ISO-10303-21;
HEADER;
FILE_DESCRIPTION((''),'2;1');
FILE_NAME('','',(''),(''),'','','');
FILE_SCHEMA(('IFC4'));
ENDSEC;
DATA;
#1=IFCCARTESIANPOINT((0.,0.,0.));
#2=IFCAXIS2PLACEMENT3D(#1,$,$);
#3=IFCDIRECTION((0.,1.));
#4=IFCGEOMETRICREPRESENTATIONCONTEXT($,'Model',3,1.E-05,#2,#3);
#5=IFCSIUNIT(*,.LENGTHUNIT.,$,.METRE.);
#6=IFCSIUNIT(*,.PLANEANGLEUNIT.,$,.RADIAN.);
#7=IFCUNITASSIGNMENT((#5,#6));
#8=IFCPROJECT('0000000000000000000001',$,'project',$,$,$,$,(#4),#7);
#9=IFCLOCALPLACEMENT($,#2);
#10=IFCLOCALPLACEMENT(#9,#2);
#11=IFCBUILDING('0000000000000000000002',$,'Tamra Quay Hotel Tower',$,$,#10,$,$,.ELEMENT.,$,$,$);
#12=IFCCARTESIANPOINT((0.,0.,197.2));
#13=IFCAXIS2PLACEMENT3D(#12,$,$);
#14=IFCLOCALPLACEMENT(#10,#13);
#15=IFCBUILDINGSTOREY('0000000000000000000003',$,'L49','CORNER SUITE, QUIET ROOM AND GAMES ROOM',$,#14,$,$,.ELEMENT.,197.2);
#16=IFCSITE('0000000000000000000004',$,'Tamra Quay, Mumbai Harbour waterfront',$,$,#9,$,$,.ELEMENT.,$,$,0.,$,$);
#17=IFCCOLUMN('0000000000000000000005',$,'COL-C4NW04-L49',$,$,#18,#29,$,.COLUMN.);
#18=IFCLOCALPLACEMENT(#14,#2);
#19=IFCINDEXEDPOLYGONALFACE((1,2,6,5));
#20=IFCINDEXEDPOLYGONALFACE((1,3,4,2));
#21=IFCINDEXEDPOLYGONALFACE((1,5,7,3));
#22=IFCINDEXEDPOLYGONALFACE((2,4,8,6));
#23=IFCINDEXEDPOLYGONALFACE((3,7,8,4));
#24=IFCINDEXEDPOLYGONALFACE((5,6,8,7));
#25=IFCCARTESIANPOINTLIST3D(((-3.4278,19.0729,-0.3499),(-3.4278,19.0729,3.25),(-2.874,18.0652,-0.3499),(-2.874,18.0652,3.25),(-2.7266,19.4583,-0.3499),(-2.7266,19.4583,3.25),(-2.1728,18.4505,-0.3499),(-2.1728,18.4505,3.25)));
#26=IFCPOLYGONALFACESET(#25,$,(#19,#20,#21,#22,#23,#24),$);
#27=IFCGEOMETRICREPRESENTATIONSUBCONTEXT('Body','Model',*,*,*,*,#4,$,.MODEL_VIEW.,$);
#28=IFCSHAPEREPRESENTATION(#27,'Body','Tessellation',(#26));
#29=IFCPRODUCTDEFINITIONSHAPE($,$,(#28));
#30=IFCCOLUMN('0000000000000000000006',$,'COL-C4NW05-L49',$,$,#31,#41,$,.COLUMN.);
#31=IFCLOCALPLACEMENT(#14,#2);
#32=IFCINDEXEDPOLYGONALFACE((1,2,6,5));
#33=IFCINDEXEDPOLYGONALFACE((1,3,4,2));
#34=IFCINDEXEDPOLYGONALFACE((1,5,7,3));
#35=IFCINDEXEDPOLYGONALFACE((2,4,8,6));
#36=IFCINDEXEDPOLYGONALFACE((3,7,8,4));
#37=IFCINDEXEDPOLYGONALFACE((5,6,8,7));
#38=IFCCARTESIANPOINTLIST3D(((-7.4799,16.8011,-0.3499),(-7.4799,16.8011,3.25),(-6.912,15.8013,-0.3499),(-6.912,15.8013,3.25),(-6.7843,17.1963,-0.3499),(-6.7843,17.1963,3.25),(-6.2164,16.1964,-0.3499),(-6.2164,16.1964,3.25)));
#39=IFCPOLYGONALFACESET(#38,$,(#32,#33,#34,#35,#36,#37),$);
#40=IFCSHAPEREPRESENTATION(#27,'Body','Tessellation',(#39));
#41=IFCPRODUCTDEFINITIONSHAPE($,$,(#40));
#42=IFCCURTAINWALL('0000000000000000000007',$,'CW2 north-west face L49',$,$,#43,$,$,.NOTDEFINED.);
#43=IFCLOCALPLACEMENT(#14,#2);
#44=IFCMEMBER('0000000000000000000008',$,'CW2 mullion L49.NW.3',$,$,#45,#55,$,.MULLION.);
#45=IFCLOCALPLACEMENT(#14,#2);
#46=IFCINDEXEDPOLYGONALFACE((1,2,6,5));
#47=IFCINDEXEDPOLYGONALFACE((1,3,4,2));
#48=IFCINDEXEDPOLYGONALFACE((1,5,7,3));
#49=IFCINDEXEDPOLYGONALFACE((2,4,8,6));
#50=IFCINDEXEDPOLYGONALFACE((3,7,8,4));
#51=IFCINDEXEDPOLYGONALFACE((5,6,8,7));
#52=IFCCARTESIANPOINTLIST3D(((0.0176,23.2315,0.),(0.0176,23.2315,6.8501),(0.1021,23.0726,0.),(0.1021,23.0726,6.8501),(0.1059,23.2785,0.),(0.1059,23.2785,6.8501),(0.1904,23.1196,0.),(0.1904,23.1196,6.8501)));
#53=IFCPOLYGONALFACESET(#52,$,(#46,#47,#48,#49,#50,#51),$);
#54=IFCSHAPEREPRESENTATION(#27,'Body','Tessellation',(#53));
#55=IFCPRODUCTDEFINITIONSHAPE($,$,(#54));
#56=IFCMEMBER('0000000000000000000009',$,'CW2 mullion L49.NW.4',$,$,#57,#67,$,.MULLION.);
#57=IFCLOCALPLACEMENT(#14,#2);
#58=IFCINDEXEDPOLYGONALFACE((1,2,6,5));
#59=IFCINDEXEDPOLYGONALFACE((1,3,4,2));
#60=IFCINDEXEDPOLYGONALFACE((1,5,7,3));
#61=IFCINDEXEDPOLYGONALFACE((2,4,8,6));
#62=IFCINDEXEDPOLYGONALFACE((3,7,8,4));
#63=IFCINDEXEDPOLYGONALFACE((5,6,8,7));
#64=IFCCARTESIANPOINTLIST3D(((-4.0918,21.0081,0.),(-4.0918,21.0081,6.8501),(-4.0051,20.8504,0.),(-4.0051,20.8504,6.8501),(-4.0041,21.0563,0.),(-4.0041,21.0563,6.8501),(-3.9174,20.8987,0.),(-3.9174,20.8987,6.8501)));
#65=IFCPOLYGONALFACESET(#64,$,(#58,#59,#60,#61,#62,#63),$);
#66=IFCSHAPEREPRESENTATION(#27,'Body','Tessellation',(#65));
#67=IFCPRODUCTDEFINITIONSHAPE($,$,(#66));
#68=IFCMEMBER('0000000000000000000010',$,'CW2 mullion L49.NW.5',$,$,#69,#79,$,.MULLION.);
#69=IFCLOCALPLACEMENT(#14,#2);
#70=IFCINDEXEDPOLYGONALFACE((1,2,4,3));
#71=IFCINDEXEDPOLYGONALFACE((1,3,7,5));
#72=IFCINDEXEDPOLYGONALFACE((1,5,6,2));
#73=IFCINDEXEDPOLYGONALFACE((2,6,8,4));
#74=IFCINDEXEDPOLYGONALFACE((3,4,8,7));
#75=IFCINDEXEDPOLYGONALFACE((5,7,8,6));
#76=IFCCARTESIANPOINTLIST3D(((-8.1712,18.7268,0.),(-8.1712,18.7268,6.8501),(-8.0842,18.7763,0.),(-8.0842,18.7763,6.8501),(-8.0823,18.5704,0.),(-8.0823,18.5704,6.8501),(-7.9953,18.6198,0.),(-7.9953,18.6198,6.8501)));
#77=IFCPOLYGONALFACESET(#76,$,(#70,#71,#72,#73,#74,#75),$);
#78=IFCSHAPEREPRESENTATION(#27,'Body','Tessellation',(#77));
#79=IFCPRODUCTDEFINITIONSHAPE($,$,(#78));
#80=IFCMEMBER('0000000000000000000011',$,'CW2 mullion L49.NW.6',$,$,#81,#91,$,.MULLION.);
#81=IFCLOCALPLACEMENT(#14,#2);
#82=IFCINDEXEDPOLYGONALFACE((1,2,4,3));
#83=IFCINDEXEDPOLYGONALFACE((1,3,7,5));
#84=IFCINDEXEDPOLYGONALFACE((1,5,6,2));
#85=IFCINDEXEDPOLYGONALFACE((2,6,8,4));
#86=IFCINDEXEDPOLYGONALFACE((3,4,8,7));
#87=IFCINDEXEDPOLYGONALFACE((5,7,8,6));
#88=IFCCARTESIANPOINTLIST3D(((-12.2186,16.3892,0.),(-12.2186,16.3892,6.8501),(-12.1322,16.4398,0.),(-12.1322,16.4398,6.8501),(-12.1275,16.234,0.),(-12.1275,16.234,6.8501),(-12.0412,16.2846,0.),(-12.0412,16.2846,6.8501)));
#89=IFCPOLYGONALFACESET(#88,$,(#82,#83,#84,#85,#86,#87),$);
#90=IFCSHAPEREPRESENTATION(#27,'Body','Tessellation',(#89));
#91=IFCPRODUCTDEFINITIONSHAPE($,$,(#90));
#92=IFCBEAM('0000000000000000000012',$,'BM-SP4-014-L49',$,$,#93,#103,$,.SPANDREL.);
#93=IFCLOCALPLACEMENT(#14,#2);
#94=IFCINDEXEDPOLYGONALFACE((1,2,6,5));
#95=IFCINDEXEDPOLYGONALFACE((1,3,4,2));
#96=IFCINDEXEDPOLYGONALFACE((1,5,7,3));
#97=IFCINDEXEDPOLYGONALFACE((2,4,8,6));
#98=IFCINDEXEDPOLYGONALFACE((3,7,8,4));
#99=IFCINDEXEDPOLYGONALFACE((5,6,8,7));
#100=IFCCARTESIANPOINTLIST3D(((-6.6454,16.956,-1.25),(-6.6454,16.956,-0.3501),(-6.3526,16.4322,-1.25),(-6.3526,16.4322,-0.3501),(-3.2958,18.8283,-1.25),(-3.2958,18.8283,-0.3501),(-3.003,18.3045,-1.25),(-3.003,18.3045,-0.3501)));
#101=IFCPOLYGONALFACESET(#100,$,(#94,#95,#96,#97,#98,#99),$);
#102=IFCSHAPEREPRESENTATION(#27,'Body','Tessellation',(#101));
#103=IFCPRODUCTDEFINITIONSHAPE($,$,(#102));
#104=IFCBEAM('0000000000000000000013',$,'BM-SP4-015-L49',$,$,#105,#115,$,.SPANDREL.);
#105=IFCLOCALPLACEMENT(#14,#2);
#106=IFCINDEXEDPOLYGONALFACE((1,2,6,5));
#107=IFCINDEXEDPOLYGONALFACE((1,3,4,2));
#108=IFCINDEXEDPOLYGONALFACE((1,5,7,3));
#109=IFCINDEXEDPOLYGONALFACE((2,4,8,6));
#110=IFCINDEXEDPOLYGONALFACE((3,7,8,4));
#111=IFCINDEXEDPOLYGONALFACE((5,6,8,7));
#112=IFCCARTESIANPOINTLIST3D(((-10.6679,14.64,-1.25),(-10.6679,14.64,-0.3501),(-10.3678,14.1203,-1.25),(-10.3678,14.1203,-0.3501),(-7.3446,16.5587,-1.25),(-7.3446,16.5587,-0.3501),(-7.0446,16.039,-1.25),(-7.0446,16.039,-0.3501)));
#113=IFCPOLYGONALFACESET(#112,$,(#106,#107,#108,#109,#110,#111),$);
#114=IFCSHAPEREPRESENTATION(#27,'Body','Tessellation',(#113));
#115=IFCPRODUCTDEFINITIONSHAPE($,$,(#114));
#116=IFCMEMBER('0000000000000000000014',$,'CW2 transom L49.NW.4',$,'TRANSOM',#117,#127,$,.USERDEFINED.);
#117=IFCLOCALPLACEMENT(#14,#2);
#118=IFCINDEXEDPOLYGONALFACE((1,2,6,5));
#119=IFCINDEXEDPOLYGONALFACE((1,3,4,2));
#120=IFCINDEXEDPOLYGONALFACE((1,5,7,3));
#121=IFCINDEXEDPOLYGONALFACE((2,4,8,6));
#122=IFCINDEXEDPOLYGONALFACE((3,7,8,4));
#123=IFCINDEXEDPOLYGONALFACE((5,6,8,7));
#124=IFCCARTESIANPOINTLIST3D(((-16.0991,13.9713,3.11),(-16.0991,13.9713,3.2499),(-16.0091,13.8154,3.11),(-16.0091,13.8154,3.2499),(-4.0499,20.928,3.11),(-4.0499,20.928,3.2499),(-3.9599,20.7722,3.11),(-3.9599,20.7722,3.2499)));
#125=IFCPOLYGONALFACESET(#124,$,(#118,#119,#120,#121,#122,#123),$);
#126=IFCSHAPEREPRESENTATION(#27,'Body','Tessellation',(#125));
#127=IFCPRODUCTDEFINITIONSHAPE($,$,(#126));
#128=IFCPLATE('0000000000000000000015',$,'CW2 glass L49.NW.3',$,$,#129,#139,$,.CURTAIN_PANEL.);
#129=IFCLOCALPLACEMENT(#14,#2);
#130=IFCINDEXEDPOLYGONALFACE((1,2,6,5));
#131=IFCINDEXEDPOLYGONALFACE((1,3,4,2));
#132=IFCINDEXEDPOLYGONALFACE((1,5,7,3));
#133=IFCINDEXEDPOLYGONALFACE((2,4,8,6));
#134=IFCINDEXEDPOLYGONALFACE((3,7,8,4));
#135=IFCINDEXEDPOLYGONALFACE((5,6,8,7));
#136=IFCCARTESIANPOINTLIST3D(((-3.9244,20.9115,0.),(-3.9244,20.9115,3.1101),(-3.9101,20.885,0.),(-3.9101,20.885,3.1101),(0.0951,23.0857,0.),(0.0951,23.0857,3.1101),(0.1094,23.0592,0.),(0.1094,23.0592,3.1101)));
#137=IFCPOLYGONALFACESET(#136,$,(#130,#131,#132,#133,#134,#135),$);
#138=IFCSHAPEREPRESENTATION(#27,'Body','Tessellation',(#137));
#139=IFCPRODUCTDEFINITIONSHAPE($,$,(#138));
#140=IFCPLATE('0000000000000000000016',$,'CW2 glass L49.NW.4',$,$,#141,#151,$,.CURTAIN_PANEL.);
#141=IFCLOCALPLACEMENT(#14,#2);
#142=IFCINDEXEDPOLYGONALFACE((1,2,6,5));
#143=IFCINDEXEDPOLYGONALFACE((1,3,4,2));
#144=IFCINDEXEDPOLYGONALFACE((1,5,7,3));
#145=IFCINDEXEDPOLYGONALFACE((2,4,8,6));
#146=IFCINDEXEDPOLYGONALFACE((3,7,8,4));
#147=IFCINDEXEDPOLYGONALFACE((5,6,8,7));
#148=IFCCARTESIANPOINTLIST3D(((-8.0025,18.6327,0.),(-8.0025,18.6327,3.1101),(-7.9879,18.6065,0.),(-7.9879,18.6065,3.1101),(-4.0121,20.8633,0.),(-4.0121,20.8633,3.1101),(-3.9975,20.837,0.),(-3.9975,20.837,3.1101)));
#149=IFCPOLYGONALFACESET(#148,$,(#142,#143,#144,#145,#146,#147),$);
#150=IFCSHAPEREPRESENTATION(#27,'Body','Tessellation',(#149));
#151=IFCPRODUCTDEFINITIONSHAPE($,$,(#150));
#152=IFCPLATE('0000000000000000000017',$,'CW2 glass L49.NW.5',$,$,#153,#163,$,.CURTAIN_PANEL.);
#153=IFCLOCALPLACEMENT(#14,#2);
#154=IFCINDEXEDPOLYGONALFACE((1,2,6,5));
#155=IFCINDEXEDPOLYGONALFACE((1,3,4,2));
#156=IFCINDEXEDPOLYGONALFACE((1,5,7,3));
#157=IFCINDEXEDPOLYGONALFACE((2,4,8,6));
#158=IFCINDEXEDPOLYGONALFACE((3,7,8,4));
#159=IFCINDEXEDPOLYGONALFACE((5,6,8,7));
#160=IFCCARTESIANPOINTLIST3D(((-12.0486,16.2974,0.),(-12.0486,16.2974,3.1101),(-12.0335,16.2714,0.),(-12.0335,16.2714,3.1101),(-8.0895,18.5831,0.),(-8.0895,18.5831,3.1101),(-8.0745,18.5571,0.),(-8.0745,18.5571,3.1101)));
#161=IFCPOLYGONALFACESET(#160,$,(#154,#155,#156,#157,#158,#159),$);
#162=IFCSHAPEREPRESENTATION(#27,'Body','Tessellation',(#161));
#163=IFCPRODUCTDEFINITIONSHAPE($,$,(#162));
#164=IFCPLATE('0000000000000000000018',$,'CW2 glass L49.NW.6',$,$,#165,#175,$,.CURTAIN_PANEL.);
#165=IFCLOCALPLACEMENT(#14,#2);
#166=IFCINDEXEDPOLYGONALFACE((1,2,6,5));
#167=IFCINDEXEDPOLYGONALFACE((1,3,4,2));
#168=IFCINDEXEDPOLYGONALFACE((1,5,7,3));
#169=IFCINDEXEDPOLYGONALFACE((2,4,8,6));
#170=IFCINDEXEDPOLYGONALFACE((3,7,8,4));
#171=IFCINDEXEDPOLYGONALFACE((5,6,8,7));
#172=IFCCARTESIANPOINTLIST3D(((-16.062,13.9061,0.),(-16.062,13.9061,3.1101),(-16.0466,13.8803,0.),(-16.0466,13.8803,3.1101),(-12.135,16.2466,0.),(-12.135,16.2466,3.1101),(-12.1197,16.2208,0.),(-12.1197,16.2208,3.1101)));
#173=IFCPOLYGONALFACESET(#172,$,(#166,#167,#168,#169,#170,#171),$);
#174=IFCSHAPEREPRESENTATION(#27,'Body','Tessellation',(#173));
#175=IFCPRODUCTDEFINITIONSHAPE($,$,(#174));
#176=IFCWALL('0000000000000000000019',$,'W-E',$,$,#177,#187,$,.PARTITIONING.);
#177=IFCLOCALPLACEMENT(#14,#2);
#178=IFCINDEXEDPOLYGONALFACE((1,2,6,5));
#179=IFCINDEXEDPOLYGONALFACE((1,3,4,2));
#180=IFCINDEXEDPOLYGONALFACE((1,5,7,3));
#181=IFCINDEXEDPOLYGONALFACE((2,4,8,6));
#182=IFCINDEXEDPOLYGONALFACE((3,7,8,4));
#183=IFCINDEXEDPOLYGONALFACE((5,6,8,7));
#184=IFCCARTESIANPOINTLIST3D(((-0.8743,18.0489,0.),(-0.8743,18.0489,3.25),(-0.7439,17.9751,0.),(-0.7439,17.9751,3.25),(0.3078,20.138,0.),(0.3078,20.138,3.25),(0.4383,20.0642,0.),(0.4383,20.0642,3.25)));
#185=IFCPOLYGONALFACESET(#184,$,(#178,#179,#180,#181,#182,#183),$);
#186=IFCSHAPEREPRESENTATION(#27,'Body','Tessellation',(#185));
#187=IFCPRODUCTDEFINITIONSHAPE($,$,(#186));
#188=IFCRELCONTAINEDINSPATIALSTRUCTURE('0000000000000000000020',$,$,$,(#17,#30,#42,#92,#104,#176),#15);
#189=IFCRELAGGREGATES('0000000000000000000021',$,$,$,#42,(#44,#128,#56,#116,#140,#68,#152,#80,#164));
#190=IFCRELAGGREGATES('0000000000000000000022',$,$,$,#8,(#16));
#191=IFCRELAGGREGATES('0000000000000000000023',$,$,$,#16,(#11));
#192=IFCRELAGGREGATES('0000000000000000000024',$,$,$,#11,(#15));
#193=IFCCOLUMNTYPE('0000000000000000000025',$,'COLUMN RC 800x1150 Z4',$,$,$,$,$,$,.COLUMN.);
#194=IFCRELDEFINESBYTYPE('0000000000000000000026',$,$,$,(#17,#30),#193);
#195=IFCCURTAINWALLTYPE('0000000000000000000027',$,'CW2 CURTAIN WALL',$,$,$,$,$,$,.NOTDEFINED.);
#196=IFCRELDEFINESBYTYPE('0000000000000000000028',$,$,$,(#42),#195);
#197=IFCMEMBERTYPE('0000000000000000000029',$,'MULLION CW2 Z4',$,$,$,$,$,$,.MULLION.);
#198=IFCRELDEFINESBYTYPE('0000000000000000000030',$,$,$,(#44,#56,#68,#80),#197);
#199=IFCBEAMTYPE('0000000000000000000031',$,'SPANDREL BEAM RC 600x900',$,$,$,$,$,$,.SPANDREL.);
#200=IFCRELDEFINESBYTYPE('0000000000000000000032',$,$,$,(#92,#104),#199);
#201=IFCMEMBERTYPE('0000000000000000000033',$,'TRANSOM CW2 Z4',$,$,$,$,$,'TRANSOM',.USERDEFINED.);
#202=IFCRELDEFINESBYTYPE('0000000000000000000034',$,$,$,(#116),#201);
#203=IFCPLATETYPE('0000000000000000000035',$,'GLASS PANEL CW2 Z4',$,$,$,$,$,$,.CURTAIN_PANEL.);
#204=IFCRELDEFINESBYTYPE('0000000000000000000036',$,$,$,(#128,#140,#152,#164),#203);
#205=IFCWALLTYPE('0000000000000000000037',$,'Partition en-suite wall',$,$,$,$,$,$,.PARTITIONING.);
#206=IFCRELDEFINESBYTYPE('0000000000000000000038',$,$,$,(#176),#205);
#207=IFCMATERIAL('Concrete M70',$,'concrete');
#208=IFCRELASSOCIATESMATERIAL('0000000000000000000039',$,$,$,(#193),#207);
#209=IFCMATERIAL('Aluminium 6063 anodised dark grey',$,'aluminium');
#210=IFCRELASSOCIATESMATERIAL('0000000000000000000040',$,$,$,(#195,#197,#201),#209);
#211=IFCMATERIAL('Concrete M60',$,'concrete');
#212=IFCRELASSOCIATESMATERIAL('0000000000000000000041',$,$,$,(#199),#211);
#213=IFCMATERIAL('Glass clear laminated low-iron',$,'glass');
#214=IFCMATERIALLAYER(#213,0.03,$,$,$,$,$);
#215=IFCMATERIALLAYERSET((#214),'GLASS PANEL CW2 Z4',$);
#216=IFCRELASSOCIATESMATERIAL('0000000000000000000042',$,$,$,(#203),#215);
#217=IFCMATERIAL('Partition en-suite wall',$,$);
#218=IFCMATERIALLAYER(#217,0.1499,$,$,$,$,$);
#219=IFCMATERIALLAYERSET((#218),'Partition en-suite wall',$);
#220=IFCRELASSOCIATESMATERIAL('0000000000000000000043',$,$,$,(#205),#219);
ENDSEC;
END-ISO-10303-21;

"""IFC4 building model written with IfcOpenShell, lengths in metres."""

from ifc_helpers import new_model, si_unit, direction, frame, frame_2d, origin, origin_2d, place, context, subcontext, project, spatial, rectangle, extrude, material, layer, layer_set, material_profile, profile_set, type_object, element, aggregate, save


model = new_model("IFC4")

# Units and contexts
model_context = context("Model", 3, precision=1e-05, world=origin(), true_north=direction((0.0, 1.0)))
body_context = subcontext(model_context, "Body", "Model", "MODEL_VIEW")
ifc_project = project(units=[si_unit("LENGTHUNIT", "METRE"), si_unit("PLANEANGLEUNIT", "RADIAN")], contexts=[model_context])

# Site, building, storey
site_placement = place(None, origin())
site = spatial("IfcSite", under=ifc_project, at=site_placement, Name="Tamra Quay, Mumbai Harbour waterfront", CompositionType="ELEMENT", RefElevation=0.0)
building_placement = place(site_placement, origin())
building = spatial("IfcBuilding", under=site, at=building_placement, Name="Tamra Quay Hotel Tower", CompositionType="ELEMENT")
storey_placement = place(building_placement, frame((0.0, 0.0, 197.2)))
storey = spatial("IfcBuildingStorey", under=building, at=storey_placement, Name="L49", Description="CORNER SUITE, QUIET ROOM AND GAMES ROOM", CompositionType="ELEMENT", Elevation=197.2)

# Columns
ifc_material_1 = material(Name="Concrete M70", Category="concrete")
ifc_material_profile_1 = material_profile(ifc_material_1, rectangle(XDim=1.1499, YDim=0.8, at=origin_2d()), Name="COLUMN RC 800x1150 Z4")
ifc_profile_set_1 = profile_set([ifc_material_profile_1], Name="Concrete M70")
column_type = type_object("IfcColumnType", Name="COLUMN RC 800x1150 Z4", PredefinedType="COLUMN", material=ifc_profile_set_1)
for number, where, z_axis, x_axis, name in (
    (1, (-2.8003, 18.7617, -0.3499), (0.0, 0.0, 1.0), (-0.481602, 0.87639, 0.0), "COL-C4NW04-L49"),
    (2, (-6.8481, 16.4988, -0.3499), (0.0, 0.0, 1.0), (-0.49389, 0.869524, 0.0), "COL-C4NW05-L49"),
):
    element("IfcColumn", number, at=place(storey_placement, frame(where, z_axis=z_axis, x_axis=x_axis)), inside=storey, type_object=column_type, Name=name, PredefinedType="COLUMN", context=body_context, shape_type="SweptSolid", body=[
        extrude(rectangle(XDim=1.1499, YDim=0.8, at=origin_2d()), origin(), (0.0, 0.0, 1.0), 3.5999),
    ])

# Curtain wall, members
ifc_material_2 = material(Name="Aluminium 6063 anodised dark grey", Category="aluminium")
curtain_wall_type = type_object("IfcCurtainWallType", Name="CW2 CURTAIN WALL", PredefinedType="NOTDEFINED", material=ifc_material_2)
curtain_wall_placement = place(storey_placement, origin())
curtain_wall = element("IfcCurtainWall", 3, at=curtain_wall_placement, inside=storey, type_object=curtain_wall_type, Name="CW2 north-west face L49", PredefinedType="NOTDEFINED")
ifc_material_profile_2 = material_profile(ifc_material_2, rectangle(XDim=0.1799, YDim=0.1001, at=origin_2d()), Name="MULLION 100X180")
ifc_profile_set_2 = profile_set([ifc_material_profile_2], Name="Aluminium 6063 anodised dark grey")
member_type_1 = type_object("IfcMemberType", Name="MULLION CW2 Z4", PredefinedType="MULLION", material=ifc_profile_set_2)
member_1_placement = place(storey_placement, frame((0.104, 23.1755, 0.0), z_axis=(0.0, 0.0, 1.0), x_axis=(-0.469668, 0.882843, 0.0)))
member_1 = element("IfcMember", 4, at=member_1_placement, type_object=member_type_1, Name="CW2 mullion L49.NW.3", PredefinedType="MULLION", context=body_context, shape_type="SweptSolid", body=[
    extrude(rectangle(XDim=0.1799, YDim=0.1001, at=origin_2d()), origin(), (0.0, 0.0, 1.0), 6.8501),
])
member_2_placement = place(storey_placement, frame((-4.0046, 20.9534, 0.0), z_axis=(0.0, 0.0, 1.0), x_axis=(-0.481861, 0.876248, 0.0)))
member_2 = element("IfcMember", 5, at=member_2_placement, type_object=member_type_1, Name="CW2 mullion L49.NW.4", PredefinedType="MULLION", context=body_context, shape_type="SweptSolid", body=[
    extrude(rectangle(XDim=0.1799, YDim=0.1001, at=origin_2d()), origin(), (0.0, 0.0, 1.0), 6.8501),
])
member_3_placement = place(storey_placement, frame((-8.0833, 18.6733, 0.0), z_axis=(0.0, 0.0, 1.0), x_axis=(-0.493975, 0.869476, 0.0)))
member_3 = element("IfcMember", 6, at=member_3_placement, type_object=member_type_1, Name="CW2 mullion L49.NW.5", PredefinedType="MULLION", context=body_context, shape_type="SweptSolid", body=[
    extrude(rectangle(XDim=0.1799, YDim=0.1001, at=origin_2d()), origin(), (0.0, 0.0, 1.0), 6.8501),
])
member_4_placement = place(storey_placement, frame((-12.1299, 16.3369, 0.0), z_axis=(0.0, 0.0, 1.0), x_axis=(-0.506001, 0.862533, 0.0)))
member_4 = element("IfcMember", 7, at=member_4_placement, type_object=member_type_1, Name="CW2 mullion L49.NW.6", PredefinedType="MULLION", context=body_context, shape_type="SweptSolid", body=[
    extrude(rectangle(XDim=0.1799, YDim=0.1001, at=origin_2d()), origin(), (0.0, 0.0, 1.0), 6.8501),
])

# Beams
ifc_material_3 = material(Name="Concrete M60", Category="concrete")
ifc_material_profile_3 = material_profile(ifc_material_3, rectangle(XDim=0.6001, YDim=0.8999, at=origin_2d()), Name="SPANDREL BEAM RC 600x900")
ifc_profile_set_3 = profile_set([ifc_material_profile_3], Name="Concrete M60")
beam_type = type_object("IfcBeamType", Name="SPANDREL BEAM RC 600x900", PredefinedType="SPANDREL", material=ifc_profile_set_3)
for number, where, z_axis, x_axis, name in (
    (8, (-3.1494, 18.5664, -0.8), (-0.872891, -0.487915, 0.0), (0.487915, -0.872891, 0.0), "BM-SP4-014-L49"),
    (9, (-7.1946, 16.2988, -0.8), (-0.866022, -0.500005, 0.0), (0.500005, -0.866022, 0.0), "BM-SP4-015-L49"),
):
    element("IfcBeam", number, at=place(storey_placement, frame(where, z_axis=z_axis, x_axis=x_axis)), inside=storey, type_object=beam_type, Name=name, PredefinedType="SPANDREL", context=body_context, shape_type="SweptSolid", body=[
        extrude(rectangle(XDim=0.6001, YDim=0.8999, at=origin_2d()), origin(), (0.0, 0.0, 1.0), 3.8374),
    ])

# Member
ifc_material_profile_4 = material_profile(ifc_material_2, rectangle(XDim=0.1799, YDim=0.1399, at=origin_2d()), Name="TRANSOM 180X140")
ifc_profile_set_4 = profile_set([ifc_material_profile_4], Name="Aluminium 6063 anodised dark grey")
member_type_2 = type_object("IfcMemberType", Name="TRANSOM CW2 Z4", ElementType="TRANSOM", PredefinedType="USERDEFINED", material=ifc_profile_set_4)
member_5_placement = place(storey_placement, frame((-4.0049, 20.8501, 3.1799), z_axis=(-0.866022, -0.500006, 0.0), x_axis=(0.500006, -0.866022, 0.0)))
member_5 = element("IfcMember", 10, at=member_5_placement, type_object=member_type_2, Name="CW2 transom L49.NW.4", ObjectType="TRANSOM", PredefinedType="USERDEFINED", context=body_context, shape_type="SweptSolid", body=[
    extrude(rectangle(XDim=0.1799, YDim=0.1399, at=origin_2d()), origin(), (0.0, 0.0, 1.0), 13.9133),
])

# Plates
ifc_material_4 = material(Name="Glass clear laminated low-iron", Category="glass")
ifc_layer_1 = layer(ifc_material_4, 0.03)
ifc_layer_set_1 = layer_set([ifc_layer_1], Name="GLASS PANEL CW2 Z4")
plate_type = type_object("IfcPlateType", Name="GLASS PANEL CW2 Z4", PredefinedType="CURTAIN_PANEL", material=ifc_layer_set_1)
plate_1_placement = place(storey_placement, frame((-1.9075, 21.9854, 0.0), z_axis=(0.0, 0.0, 1.0), x_axis=(-0.879569, -0.475772, 0.0)))
plate_1 = element("IfcPlate", 11, at=plate_1_placement, type_object=plate_type, Name="CW2 glass L49.NW.3", PredefinedType="CURTAIN_PANEL", context=body_context, shape_type="SweptSolid", body=[
    extrude(rectangle(XDim=4.5698, YDim=0.03, at=origin_2d()), origin(), (0.0, 0.0, 1.0), 3.1101),
])
plate_2_placement = place(storey_placement, frame((-6.0, 19.7349, 0.0), z_axis=(0.0, 0.0, 1.0), x_axis=(-0.872885, -0.487926, 0.0)))
plate_2 = element("IfcPlate", 12, at=plate_2_placement, type_object=plate_type, Name="CW2 glass L49.NW.4", PredefinedType="CURTAIN_PANEL", context=body_context, shape_type="SweptSolid", body=[
    extrude(rectangle(XDim=4.5715, YDim=0.03, at=origin_2d()), origin(), (0.0, 0.0, 1.0), 3.1101),
])
plate_3_placement = place(storey_placement, frame((-10.0615, 17.4272, 0.0), z_axis=(0.0, 0.0, 1.0), x_axis=(-0.866025, -0.5, 0.0)))
plate_3 = element("IfcPlate", 13, at=plate_3_placement, type_object=plate_type, Name="CW2 glass L49.NW.5", PredefinedType="CURTAIN_PANEL", context=body_context, shape_type="SweptSolid", body=[
    extrude(rectangle(XDim=4.5715, YDim=0.03, at=origin_2d()), origin(), (0.0, 0.0, 1.0), 3.1101),
])
plate_4_placement = place(storey_placement, frame((-14.0908, 15.0635, 0.0), z_axis=(0.0, 0.0, 1.0), x_axis=(-0.858999, -0.511978, 0.0)))
plate_4 = element("IfcPlate", 14, at=plate_4_placement, type_object=plate_type, Name="CW2 glass L49.NW.6", PredefinedType="CURTAIN_PANEL", context=body_context, shape_type="SweptSolid", body=[
    extrude(rectangle(XDim=4.5715, YDim=0.03, at=origin_2d()), origin(), (0.0, 0.0, 1.0), 3.1101),
])
aggregate(curtain_wall, [member_1, plate_1, member_2, member_5, plate_2, member_3, plate_3, member_4, plate_4])

# Wall
ifc_material_5 = material(Name="Partition en-suite wall")
ifc_layer_2 = layer(ifc_material_5, 0.1499)
ifc_layer_set_2 = layer_set([ifc_layer_2], Name="Partition en-suite wall")
wall_type_1 = type_object("IfcWallType", Name="Partition en-suite wall", PredefinedType="PARTITIONING", material=ifc_layer_set_2)
wall_1_placement = place(storey_placement, frame((-0.8091, 18.012, 0.0), z_axis=(0.0, 0.0, 1.0), x_axis=(0.492476, 0.870326, 0.0)))
element("IfcWall", 15, at=wall_1_placement, inside=storey, type_object=wall_type_1, Name="W-E", PredefinedType="PARTITIONING", context=body_context, shape_type="SweptSolid", body=[
    extrude(rectangle(XDim=2.4004, YDim=0.1499, at=frame_2d((1.2002, 0.0))), origin(), (0.0, 0.0, 1.0), 3.25),
])

save(model, "model.ifc")
